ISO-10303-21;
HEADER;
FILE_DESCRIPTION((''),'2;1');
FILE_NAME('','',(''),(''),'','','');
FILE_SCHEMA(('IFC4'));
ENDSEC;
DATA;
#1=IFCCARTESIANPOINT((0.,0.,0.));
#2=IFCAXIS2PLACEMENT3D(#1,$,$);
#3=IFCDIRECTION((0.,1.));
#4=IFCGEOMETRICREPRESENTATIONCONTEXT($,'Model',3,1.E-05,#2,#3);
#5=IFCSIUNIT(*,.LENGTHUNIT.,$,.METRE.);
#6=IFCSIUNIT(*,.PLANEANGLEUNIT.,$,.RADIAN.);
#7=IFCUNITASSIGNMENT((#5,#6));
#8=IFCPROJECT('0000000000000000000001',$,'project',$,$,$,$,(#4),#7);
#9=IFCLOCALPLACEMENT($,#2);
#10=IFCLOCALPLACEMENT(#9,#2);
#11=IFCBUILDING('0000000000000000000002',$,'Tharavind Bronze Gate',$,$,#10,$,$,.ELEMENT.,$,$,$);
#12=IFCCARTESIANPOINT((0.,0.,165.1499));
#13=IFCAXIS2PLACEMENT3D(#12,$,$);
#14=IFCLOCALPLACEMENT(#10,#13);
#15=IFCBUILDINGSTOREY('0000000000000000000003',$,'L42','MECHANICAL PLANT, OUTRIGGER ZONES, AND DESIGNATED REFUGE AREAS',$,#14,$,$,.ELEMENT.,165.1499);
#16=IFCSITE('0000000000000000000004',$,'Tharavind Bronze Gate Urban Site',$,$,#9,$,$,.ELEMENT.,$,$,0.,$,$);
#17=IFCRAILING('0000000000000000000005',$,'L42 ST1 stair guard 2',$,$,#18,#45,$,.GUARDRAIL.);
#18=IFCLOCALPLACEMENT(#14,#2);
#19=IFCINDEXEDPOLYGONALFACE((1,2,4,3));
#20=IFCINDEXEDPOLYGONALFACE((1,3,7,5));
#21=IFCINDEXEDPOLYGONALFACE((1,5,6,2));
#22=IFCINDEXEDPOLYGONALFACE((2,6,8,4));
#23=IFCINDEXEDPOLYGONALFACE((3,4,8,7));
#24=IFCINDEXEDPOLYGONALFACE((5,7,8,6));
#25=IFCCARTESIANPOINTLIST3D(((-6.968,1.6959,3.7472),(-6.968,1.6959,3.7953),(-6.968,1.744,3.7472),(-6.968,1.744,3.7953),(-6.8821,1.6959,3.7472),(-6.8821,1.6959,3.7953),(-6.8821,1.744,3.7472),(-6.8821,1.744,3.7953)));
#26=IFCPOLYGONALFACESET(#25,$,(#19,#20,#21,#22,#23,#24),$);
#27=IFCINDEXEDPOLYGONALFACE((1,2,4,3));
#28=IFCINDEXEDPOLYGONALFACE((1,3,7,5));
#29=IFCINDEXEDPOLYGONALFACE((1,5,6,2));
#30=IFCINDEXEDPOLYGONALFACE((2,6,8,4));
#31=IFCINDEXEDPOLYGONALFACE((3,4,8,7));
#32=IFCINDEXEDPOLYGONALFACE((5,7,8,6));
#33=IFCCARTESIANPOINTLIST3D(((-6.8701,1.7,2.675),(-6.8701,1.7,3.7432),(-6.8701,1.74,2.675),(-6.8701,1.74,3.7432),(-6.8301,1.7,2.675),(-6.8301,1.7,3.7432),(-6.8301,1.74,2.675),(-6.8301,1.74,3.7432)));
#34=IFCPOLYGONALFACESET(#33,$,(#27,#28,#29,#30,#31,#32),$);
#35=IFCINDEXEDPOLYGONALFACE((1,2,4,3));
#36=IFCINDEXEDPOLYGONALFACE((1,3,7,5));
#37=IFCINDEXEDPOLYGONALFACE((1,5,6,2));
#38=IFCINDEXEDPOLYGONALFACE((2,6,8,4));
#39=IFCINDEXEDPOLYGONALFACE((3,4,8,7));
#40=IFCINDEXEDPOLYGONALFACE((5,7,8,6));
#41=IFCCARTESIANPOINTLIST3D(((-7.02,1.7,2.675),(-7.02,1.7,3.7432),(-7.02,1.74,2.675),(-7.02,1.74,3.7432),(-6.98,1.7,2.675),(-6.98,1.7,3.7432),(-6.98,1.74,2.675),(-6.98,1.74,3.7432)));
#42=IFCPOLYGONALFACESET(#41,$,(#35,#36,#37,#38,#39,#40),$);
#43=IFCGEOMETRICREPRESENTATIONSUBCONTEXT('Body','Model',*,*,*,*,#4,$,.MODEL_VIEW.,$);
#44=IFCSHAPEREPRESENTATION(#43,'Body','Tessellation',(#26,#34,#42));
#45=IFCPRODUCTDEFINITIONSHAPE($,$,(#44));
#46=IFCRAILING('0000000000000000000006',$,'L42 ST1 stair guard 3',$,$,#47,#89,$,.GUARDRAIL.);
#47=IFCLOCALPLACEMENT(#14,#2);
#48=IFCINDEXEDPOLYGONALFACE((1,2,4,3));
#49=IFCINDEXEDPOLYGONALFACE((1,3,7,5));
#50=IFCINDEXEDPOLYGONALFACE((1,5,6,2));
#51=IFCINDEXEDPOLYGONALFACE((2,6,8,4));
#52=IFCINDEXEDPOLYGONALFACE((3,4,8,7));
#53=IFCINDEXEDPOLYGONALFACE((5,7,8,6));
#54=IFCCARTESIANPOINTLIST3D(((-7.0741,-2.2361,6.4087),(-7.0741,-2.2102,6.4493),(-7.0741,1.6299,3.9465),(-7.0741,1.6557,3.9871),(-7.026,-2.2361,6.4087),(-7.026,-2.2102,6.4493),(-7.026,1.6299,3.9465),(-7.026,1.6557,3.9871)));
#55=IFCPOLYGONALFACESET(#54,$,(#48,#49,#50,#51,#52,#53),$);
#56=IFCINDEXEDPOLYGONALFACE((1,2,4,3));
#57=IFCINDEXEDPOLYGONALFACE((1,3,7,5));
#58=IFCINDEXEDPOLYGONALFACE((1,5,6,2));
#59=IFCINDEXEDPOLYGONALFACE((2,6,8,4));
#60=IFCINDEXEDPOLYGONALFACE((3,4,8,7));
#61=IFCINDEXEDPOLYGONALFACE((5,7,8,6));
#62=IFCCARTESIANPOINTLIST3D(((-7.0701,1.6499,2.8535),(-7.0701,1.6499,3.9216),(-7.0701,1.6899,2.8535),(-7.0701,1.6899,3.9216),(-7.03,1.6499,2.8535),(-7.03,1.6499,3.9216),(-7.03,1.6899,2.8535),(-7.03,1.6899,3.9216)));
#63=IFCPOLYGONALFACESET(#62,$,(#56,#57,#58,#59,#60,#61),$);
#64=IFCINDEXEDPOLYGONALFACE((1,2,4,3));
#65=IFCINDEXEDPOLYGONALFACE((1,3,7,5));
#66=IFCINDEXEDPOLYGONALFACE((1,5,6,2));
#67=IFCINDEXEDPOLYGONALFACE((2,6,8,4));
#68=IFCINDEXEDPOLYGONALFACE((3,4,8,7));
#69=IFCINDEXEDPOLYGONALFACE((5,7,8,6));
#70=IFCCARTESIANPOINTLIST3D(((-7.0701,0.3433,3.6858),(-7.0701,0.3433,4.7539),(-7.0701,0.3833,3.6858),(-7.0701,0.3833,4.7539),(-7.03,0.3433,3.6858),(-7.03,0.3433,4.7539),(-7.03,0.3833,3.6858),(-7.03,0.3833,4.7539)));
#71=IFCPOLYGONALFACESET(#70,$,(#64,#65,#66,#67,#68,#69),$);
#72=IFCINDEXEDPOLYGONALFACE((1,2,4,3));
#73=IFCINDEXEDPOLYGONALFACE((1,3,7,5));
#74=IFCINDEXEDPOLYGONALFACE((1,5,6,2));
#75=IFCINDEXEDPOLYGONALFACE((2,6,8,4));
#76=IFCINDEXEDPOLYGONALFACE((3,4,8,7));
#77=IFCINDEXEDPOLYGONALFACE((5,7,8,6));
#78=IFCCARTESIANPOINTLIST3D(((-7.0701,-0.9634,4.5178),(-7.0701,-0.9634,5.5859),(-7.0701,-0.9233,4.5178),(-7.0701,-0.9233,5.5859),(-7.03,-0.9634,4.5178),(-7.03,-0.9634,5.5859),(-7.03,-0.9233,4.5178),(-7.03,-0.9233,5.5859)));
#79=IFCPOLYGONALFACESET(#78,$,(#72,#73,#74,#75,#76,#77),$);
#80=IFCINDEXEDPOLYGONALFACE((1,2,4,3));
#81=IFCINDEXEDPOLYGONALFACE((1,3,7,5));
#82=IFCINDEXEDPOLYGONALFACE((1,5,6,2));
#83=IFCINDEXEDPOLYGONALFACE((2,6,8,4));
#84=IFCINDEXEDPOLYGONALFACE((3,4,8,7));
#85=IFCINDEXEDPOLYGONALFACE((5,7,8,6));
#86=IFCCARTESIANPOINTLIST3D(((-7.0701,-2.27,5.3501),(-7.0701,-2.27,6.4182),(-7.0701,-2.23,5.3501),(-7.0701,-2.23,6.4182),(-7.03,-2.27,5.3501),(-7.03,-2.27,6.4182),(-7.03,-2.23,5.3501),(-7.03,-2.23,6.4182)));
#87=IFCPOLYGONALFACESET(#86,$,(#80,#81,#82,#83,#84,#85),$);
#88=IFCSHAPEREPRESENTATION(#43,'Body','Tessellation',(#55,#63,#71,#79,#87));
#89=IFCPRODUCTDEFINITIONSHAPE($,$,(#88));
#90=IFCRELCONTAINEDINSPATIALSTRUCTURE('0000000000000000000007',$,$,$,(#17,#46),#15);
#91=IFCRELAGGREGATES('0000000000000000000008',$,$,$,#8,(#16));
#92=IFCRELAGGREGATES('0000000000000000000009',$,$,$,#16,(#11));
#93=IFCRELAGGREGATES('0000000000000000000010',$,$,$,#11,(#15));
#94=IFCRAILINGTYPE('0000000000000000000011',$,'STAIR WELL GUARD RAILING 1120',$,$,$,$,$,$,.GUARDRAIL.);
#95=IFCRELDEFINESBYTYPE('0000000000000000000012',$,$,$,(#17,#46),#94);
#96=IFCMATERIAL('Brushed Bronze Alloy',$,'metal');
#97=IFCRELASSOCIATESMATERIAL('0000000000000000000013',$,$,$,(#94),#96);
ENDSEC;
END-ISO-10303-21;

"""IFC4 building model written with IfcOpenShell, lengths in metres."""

from ifc_helpers import new_model, si_unit, direction, frame, origin, origin_2d, place, context, subcontext, project, spatial, rectangle, extrude, material, type_object, element, save


model = new_model("IFC4")

# Units and contexts
model_context = context("Model", 3, precision=1e-05, world=origin(), true_north=direction((0.0, 1.0)))
body_context = subcontext(model_context, "Body", "Model", "MODEL_VIEW")
ifc_project = project(units=[si_unit("LENGTHUNIT", "METRE"), si_unit("PLANEANGLEUNIT", "RADIAN")], contexts=[model_context])

# Site, building, storey
site_placement = place(None, origin())
site = spatial("IfcSite", under=ifc_project, at=site_placement, Name="Tharavind Bronze Gate Urban Site", CompositionType="ELEMENT", RefElevation=0.0)
building_placement = place(site_placement, origin())
building = spatial("IfcBuilding", under=site, at=building_placement, Name="Tharavind Bronze Gate", CompositionType="ELEMENT")
storey_placement = place(building_placement, frame((0.0, 0.0, 165.1499)))
storey = spatial("IfcBuildingStorey", under=building, at=storey_placement, Name="L42", Description="MECHANICAL PLANT, OUTRIGGER ZONES, AND DESIGNATED REFUGE AREAS", CompositionType="ELEMENT", Elevation=165.1499)

# Railings
ifc_material_1 = material(Name="Brushed Bronze Alloy", Category="metal")
railing_type_1 = type_object("IfcRailingType", Name="STAIR WELL GUARD RAILING 1120", PredefinedType="GUARDRAIL", material=ifc_material_1)
railing_1_placement = place(storey_placement, frame((-6.8501, 1.72, 2.675)))
element("IfcRailing", 1, at=railing_1_placement, inside=storey, type_object=railing_type_1, Name="L42 ST1 stair guard 2", PredefinedType="GUARDRAIL", context=body_context, shape_type="SweptSolid", body=[
    extrude(rectangle(XDim=0.0481, YDim=0.0481, at=origin_2d()), frame((-0.032, 0.0, 1.0962), z_axis=(-1.0, 0.0, 0.0), x_axis=(0.0, -1.0, 0.0)), (0.0, 0.0, 1.0), 0.0859),
    extrude(rectangle(XDim=0.04, YDim=0.04, at=origin_2d()), origin(), (0.0, 0.0, 1.0), 1.0681),
    extrude(rectangle(XDim=0.04, YDim=0.04, at=origin_2d()), frame((-0.1499, 0.0, 0.0)), (0.0, 0.0, 1.0), 1.0681),
])
railing_2_placement = place(storey_placement, frame((-7.05, 1.6699, 2.8535)))
element("IfcRailing", 2, at=railing_2_placement, inside=storey, type_object=railing_type_1, Name="L42 ST1 stair guard 3", PredefinedType="GUARDRAIL", context=body_context, shape_type="SweptSolid", body=[
    extrude(rectangle(XDim=0.0481, YDim=0.0481, at=origin_2d()), frame((0.0, -0.0271, 1.1133), z_axis=(0.0, -0.843458, 0.537195), x_axis=(1.0, 0.0, 0.0)), (0.0, 0.0, 1.0), 4.5835),
    extrude(rectangle(XDim=0.04, YDim=0.04, at=origin_2d()), origin(), (0.0, 0.0, 1.0), 1.0681),
    extrude(rectangle(XDim=0.04, YDim=0.04, at=origin_2d()), frame((0.0, -1.3066, 0.8323)), (0.0, 0.0, 1.0), 1.0681),
    extrude(rectangle(XDim=0.04, YDim=0.04, at=origin_2d()), frame((0.0, -2.6133, 1.6643)), (0.0, 0.0, 1.0), 1.0681),
    extrude(rectangle(XDim=0.04, YDim=0.04, at=origin_2d()), frame((0.0, -3.9199, 2.4966)), (0.0, 0.0, 1.0), 1.0681),
])

save(model, "model.ifc")
